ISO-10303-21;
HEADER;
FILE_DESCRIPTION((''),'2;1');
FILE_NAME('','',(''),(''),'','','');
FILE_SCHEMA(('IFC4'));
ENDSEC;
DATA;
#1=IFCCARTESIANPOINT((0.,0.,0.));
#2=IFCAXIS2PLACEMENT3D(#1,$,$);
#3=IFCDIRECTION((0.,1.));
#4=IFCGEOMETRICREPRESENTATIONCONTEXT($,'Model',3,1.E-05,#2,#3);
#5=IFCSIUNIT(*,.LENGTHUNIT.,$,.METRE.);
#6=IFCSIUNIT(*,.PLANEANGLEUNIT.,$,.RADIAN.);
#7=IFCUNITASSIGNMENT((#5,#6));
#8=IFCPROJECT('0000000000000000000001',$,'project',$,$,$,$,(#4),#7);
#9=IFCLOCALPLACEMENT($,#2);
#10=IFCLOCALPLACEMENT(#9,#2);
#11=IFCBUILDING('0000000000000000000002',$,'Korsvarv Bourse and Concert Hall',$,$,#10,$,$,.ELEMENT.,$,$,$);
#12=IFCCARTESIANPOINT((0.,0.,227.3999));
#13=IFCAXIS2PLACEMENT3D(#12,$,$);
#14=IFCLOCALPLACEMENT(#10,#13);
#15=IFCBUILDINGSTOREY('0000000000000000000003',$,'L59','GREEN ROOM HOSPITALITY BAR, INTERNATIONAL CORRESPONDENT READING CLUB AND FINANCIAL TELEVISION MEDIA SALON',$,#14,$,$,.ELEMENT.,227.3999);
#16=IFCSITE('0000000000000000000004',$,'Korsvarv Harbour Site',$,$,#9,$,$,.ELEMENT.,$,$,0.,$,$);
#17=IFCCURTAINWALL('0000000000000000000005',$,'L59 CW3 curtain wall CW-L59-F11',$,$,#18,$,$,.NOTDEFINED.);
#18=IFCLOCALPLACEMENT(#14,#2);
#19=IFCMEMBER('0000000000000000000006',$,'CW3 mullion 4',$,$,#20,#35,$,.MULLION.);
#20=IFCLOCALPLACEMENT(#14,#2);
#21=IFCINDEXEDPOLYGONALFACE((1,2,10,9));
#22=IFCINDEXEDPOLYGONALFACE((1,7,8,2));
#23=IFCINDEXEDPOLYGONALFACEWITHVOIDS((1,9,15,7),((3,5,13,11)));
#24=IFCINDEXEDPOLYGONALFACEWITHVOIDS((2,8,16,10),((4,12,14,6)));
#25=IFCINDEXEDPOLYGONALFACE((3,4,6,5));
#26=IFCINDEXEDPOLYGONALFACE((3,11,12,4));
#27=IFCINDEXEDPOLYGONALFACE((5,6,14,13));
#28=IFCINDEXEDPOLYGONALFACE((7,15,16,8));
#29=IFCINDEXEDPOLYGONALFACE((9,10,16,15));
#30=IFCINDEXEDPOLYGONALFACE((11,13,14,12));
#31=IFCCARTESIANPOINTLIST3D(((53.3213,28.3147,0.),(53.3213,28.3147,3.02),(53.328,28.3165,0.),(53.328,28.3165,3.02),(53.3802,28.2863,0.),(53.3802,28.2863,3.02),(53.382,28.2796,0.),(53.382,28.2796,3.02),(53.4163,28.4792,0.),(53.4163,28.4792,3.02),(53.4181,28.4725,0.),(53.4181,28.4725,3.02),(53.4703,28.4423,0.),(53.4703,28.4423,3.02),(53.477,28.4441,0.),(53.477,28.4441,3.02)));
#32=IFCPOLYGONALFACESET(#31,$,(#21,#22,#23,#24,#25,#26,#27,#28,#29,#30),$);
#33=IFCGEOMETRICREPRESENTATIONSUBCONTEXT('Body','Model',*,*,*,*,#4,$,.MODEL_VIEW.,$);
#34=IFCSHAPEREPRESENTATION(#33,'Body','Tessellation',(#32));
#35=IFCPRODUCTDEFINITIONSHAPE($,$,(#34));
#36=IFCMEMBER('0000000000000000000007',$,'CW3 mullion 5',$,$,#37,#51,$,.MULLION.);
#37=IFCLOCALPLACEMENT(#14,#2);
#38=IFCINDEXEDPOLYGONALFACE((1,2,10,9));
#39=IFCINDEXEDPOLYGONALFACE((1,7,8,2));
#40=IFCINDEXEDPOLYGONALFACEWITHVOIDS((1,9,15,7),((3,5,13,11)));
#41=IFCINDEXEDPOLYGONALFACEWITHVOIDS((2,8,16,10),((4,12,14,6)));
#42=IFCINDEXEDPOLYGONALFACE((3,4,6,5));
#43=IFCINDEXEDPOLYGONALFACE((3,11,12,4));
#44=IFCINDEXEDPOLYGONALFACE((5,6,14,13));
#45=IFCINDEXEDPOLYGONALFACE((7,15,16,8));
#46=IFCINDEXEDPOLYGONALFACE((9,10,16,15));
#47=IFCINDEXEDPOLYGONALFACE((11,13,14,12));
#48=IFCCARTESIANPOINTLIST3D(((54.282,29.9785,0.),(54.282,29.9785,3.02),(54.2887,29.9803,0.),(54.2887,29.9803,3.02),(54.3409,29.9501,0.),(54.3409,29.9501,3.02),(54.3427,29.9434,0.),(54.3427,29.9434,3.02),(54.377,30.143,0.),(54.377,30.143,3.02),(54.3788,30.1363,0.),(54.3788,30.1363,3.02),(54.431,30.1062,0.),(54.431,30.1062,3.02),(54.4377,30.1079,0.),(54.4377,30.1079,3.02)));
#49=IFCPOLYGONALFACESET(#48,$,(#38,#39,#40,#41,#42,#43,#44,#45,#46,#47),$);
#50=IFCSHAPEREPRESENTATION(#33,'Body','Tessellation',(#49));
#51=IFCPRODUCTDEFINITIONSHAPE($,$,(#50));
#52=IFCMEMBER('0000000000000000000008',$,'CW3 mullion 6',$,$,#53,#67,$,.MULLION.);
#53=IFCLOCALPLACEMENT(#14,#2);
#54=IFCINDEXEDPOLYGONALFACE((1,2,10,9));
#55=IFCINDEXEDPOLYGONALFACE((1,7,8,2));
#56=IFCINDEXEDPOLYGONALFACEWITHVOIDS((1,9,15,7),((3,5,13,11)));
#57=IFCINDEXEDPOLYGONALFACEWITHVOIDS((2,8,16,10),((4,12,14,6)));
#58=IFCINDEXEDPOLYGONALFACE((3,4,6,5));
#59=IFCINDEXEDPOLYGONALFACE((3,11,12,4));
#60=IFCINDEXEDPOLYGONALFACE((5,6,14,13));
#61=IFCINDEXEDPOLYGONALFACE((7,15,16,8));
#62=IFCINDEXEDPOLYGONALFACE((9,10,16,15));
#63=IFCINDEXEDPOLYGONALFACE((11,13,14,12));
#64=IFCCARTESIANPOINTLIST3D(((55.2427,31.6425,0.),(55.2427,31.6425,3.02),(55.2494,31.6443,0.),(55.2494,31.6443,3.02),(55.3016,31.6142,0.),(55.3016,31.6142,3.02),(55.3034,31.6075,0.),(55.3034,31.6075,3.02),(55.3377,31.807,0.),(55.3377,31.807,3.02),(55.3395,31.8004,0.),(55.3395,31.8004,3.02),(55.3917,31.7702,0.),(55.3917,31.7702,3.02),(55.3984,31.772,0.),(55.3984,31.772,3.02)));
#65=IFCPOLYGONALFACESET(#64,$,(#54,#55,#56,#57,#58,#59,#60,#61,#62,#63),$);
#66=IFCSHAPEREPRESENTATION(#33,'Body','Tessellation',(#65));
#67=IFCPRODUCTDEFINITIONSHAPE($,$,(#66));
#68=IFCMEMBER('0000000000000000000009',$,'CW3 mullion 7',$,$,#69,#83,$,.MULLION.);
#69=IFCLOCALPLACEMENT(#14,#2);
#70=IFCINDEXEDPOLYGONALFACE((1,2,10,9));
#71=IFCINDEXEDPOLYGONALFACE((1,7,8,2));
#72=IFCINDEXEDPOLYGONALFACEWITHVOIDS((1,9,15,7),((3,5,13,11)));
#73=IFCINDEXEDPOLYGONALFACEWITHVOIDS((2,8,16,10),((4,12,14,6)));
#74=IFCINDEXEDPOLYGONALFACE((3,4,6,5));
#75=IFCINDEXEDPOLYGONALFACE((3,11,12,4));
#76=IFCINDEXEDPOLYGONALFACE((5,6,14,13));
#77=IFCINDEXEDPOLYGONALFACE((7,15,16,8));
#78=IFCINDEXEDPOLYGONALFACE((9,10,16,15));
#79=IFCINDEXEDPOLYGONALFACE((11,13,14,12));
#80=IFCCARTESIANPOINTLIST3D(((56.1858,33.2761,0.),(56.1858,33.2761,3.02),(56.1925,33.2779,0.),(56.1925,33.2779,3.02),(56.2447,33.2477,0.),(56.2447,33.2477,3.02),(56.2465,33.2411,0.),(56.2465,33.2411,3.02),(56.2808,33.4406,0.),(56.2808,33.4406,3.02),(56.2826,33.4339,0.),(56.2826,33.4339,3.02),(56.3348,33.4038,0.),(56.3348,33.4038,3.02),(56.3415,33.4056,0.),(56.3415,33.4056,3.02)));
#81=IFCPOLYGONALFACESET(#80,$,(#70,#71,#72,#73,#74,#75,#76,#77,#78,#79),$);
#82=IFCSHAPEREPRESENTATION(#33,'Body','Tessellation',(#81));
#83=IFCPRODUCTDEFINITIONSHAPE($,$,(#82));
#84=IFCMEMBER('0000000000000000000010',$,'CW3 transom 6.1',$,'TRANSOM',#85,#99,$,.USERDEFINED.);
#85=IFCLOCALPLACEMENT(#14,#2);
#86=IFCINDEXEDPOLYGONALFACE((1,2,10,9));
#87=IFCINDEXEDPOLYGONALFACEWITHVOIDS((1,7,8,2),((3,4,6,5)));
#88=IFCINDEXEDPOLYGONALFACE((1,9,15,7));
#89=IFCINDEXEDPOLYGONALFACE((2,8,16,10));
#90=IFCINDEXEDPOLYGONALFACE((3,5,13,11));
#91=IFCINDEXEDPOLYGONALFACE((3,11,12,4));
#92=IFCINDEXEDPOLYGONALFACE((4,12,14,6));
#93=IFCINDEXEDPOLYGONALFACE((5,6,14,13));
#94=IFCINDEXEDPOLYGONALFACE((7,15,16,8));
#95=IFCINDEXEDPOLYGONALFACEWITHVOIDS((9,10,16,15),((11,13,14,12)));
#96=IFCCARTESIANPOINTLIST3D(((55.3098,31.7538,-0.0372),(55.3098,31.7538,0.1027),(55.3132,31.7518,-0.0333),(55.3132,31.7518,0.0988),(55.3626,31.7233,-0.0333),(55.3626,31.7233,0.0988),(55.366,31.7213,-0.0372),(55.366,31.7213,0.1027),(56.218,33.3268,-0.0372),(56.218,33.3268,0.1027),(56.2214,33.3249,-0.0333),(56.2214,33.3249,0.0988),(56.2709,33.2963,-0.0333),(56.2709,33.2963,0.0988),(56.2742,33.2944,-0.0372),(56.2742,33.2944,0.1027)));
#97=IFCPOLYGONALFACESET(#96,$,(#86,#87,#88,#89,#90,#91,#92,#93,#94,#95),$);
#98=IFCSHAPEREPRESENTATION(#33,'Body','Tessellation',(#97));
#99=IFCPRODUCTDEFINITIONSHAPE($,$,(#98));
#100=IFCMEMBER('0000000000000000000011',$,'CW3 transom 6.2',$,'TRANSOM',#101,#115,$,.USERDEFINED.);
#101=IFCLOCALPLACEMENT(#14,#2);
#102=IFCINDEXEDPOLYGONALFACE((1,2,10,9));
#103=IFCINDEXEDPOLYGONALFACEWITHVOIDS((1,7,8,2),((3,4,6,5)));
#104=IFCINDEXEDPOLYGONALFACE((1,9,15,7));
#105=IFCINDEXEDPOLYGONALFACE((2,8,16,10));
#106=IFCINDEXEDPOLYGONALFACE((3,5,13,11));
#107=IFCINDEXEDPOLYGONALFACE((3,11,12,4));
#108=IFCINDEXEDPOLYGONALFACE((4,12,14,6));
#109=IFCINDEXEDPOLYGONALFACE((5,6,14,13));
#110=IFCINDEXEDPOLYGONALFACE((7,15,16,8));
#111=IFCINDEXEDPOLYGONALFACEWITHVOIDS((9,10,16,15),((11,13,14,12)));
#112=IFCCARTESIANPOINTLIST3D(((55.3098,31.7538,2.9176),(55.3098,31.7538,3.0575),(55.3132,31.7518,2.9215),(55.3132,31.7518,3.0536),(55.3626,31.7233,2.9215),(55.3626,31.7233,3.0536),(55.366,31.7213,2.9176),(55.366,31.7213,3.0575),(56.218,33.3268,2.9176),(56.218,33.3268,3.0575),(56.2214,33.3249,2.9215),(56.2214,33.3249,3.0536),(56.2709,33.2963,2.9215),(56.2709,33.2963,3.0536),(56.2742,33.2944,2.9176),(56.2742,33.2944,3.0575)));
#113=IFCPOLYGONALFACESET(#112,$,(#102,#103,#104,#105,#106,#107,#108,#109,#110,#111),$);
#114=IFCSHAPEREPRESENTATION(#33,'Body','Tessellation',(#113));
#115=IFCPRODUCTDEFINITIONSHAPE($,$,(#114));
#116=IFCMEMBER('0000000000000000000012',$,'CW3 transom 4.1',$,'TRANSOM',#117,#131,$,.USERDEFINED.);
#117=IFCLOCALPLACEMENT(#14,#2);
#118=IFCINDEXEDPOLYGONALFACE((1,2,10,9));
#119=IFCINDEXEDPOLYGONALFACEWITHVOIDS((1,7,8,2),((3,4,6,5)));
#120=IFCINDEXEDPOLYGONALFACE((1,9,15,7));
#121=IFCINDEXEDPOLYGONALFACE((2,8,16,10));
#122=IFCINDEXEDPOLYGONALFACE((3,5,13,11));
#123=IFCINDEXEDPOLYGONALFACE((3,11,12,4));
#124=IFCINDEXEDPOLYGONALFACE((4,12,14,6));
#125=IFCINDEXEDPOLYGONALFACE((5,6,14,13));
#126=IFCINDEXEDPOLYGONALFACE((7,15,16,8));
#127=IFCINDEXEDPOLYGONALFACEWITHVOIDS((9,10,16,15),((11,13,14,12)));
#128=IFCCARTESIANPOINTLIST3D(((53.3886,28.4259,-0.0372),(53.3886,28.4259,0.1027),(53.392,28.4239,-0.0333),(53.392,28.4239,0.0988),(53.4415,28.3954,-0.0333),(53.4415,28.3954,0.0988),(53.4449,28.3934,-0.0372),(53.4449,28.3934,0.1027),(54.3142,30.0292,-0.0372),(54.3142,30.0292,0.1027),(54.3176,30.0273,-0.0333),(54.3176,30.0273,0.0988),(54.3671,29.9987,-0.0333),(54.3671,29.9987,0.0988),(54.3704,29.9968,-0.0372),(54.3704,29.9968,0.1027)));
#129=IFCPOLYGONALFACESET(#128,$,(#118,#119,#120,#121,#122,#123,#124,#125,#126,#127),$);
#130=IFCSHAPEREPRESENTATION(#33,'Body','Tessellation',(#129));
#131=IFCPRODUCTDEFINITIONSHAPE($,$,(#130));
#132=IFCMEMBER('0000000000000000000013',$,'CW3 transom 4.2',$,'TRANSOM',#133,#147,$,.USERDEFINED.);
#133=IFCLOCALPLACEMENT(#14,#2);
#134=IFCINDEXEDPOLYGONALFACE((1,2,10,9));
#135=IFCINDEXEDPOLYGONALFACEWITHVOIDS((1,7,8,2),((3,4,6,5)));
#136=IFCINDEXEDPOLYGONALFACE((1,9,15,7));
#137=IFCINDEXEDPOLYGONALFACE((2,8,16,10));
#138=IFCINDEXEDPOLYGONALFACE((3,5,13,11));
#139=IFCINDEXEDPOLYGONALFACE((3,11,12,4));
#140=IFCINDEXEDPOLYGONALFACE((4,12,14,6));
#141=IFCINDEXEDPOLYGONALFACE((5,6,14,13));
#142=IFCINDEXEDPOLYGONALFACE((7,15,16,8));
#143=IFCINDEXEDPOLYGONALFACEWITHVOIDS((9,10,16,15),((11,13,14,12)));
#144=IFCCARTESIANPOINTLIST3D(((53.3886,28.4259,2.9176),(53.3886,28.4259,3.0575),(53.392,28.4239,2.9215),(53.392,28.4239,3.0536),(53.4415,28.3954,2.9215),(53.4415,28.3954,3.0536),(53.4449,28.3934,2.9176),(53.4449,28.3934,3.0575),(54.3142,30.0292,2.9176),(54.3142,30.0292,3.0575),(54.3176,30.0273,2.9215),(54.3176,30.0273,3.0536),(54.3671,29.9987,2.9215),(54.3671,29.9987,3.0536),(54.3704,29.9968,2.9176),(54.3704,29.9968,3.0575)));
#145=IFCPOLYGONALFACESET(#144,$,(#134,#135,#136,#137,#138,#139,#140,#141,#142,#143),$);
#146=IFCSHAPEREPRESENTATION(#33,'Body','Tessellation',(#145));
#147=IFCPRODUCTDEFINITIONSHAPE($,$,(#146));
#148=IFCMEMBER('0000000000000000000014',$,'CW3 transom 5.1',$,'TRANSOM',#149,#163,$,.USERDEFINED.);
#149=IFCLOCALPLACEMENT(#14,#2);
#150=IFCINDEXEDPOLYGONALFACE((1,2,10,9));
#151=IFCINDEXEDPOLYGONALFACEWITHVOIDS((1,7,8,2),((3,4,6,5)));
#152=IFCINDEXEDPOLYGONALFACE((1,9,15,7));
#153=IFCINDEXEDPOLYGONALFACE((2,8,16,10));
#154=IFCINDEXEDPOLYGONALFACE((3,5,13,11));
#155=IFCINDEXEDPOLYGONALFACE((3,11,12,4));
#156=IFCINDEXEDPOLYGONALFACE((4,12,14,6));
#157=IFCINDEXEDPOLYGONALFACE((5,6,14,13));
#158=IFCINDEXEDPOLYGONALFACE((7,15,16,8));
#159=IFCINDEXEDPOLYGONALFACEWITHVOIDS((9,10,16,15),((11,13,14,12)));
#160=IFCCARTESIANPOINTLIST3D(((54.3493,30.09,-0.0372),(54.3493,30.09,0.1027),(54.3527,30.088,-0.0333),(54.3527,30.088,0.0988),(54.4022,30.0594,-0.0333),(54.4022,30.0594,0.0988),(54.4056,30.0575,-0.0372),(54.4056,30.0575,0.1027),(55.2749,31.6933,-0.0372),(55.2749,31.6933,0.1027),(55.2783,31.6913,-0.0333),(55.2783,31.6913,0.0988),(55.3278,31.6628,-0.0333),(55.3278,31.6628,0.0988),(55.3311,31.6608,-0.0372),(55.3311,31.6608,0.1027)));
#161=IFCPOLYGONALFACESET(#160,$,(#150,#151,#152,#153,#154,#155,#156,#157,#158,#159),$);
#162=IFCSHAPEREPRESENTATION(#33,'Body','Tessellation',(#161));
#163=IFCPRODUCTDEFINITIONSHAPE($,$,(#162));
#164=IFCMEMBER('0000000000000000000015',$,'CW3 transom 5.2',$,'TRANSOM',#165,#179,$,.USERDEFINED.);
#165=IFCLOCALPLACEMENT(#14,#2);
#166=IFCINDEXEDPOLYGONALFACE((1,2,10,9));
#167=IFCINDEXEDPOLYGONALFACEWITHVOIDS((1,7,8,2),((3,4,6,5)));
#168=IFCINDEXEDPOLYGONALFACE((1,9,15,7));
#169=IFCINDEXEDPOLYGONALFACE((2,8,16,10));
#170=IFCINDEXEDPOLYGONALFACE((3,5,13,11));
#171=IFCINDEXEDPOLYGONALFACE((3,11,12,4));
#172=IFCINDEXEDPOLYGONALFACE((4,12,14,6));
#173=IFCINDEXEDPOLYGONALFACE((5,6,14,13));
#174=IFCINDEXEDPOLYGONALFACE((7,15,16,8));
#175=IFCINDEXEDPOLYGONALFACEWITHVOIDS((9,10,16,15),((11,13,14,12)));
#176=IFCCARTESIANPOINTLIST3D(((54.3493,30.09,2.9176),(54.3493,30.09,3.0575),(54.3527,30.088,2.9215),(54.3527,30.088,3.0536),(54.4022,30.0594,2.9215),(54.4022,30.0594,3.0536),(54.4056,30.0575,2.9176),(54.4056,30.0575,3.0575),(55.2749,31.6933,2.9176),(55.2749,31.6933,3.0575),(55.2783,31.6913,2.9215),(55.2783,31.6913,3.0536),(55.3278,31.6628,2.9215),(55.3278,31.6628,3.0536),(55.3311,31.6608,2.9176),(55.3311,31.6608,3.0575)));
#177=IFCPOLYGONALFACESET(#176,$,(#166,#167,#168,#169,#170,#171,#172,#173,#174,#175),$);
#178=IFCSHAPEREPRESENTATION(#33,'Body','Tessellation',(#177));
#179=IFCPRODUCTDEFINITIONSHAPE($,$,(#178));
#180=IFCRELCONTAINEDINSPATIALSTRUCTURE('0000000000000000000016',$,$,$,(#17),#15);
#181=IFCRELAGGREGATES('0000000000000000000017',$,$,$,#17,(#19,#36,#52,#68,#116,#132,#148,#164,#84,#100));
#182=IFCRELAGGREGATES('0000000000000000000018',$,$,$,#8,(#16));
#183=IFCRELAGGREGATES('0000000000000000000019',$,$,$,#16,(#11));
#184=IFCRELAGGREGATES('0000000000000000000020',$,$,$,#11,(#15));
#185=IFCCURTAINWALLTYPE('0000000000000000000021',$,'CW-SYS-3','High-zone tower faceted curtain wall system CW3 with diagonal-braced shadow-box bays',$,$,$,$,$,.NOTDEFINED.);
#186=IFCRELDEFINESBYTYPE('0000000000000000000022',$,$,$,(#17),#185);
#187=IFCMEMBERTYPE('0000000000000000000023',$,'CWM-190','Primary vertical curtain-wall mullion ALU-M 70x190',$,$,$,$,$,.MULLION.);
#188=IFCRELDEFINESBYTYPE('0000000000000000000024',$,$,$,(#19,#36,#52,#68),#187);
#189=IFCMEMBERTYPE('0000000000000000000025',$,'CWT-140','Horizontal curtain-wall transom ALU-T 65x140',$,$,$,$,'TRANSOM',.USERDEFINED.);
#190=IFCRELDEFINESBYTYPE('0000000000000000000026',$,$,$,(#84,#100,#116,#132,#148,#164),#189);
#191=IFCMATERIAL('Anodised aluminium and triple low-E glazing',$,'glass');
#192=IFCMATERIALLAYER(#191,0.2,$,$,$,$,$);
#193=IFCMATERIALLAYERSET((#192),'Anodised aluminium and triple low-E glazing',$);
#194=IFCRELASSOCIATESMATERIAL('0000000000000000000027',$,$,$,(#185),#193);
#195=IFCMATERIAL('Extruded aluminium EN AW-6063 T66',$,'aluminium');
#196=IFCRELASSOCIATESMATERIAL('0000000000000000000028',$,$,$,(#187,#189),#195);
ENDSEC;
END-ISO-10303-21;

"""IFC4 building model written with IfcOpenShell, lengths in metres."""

from ifc_helpers import new_model, si_unit, direction, frame, origin, origin_2d, place, context, subcontext, project, spatial, hollow_rectangle, extrude, source, transform, mapped, material, layer, layer_set, material_profile, profile_set, type_object, element, aggregate, save


model = new_model("IFC4")

# Units and contexts
model_context = context("Model", 3, precision=1e-05, world=origin(), true_north=direction((0.0, 1.0)))
body_context = subcontext(model_context, "Body", "Model", "MODEL_VIEW")
ifc_project = project(units=[si_unit("LENGTHUNIT", "METRE"), si_unit("PLANEANGLEUNIT", "RADIAN")], contexts=[model_context])

# Site, building, storey
site_placement = place(None, origin())
site = spatial("IfcSite", under=ifc_project, at=site_placement, Name="Korsvarv Harbour Site", CompositionType="ELEMENT", RefElevation=0.0)
building_placement = place(site_placement, origin())
building = spatial("IfcBuilding", under=site, at=building_placement, Name="Korsvarv Bourse and Concert Hall", CompositionType="ELEMENT")
storey_placement = place(building_placement, frame((0.0, 0.0, 227.3999)))
storey = spatial("IfcBuildingStorey", under=building, at=storey_placement, Name="L59", Description="GREEN ROOM HOSPITALITY BAR, INTERNATIONAL CORRESPONDENT READING CLUB AND FINANCIAL TELEVISION MEDIA SALON", CompositionType="ELEMENT", Elevation=227.3999)

# Curtain wall, members
ifc_material_1 = material(Name="Anodised aluminium and triple low-E glazing", Category="glass")
ifc_layer_1 = layer(ifc_material_1, 0.2)
ifc_layer_set_1 = layer_set([ifc_layer_1], Name="Anodised aluminium and triple low-E glazing")
curtain_wall_type = type_object("IfcCurtainWallType", Name="CW-SYS-3", Description="High-zone tower faceted curtain wall system CW3 with diagonal-braced shadow-box bays", PredefinedType="NOTDEFINED", material=ifc_layer_set_1)
curtain_wall_placement = place(storey_placement, origin())
curtain_wall = element("IfcCurtainWall", 1, at=curtain_wall_placement, inside=storey, type_object=curtain_wall_type, Name="L59 CW3 curtain wall CW-L59-F11", PredefinedType="NOTDEFINED")
ifc_material_2 = material(Name="Extruded aluminium EN AW-6063 T66", Category="aluminium")
ifc_material_profile_1 = material_profile(ifc_material_2, hollow_rectangle(XDim=0.0701, YDim=0.1899, WallThickness=0.0049, at=origin_2d()), Name="ALU-M 70x190")
ifc_profile_set_1 = profile_set([ifc_material_profile_1], Name="Extruded aluminium EN AW-6063 T66")
member_type_1 = type_object("IfcMemberType", Name="CWM-190", Description="Primary vertical curtain-wall mullion ALU-M 70x190", PredefinedType="MULLION", material=ifc_profile_set_1)
shared_shape_1 = source(origin(), body_context, "Body", "SweptSolid", [
    extrude(hollow_rectangle(XDim=0.0701, YDim=0.1899, WallThickness=0.0049, at=origin_2d()), origin(), (0.0, 0.0, 1.0), 3.02),
])
member_1_placement = place(storey_placement, frame((53.3992, 28.3794, 0.0), z_axis=(0.0, 0.0, 1.0), x_axis=(-0.866028, 0.499996, 0.0)))
member_1 = element("IfcMember", 2, at=member_1_placement, type_object=member_type_1, Name="CW3 mullion 4", PredefinedType="MULLION", context=body_context, shape_type="MappedRepresentation", body=[
    mapped(shared_shape_1, transform((0.0, 0.0, 0.0), scale=1.0)),
])
member_2_placement = place(storey_placement, frame((54.3599, 30.0432, 0.0), z_axis=(0.0, 0.0, 1.0), x_axis=(-0.866028, 0.499996, 0.0)))
member_2 = element("IfcMember", 3, at=member_2_placement, type_object=member_type_1, Name="CW3 mullion 5", PredefinedType="MULLION", context=body_context, shape_type="MappedRepresentation", body=[
    mapped(shared_shape_1, transform((0.0, 0.0, 0.0), scale=1.0)),
])
member_3_placement = place(storey_placement, frame((55.3206, 31.7073, 0.0), z_axis=(0.0, 0.0, 1.0), x_axis=(-0.866028, 0.499996, 0.0)))
member_3 = element("IfcMember", 4, at=member_3_placement, type_object=member_type_1, Name="CW3 mullion 6", PredefinedType="MULLION", context=body_context, shape_type="MappedRepresentation", body=[
    mapped(shared_shape_1, transform((0.0, 0.0, 0.0), scale=1.0)),
])
member_4_placement = place(storey_placement, frame((56.2637, 33.3408, 0.0), z_axis=(0.0, 0.0, 1.0), x_axis=(-0.866028, 0.499996, 0.0)))
member_4 = element("IfcMember", 5, at=member_4_placement, type_object=member_type_1, Name="CW3 mullion 7", PredefinedType="MULLION", context=body_context, shape_type="MappedRepresentation", body=[
    mapped(shared_shape_1, transform((0.0, 0.0, 0.0), scale=1.0)),
])
ifc_material_profile_2 = material_profile(ifc_material_2, hollow_rectangle(XDim=0.0649, YDim=0.1399, WallThickness=0.0039, at=origin_2d()), Name="ALU-T 65x140")
ifc_profile_set_2 = profile_set([ifc_material_profile_2], Name="Extruded aluminium EN AW-6063 T66")
member_type_2 = type_object("IfcMemberType", Name="CWT-140", Description="Horizontal curtain-wall transom ALU-T 65x140", ElementType="TRANSOM", PredefinedType="USERDEFINED", material=ifc_profile_set_2)
shared_shape_2 = source(origin(), body_context, "Body", "SweptSolid", [
    extrude(hollow_rectangle(XDim=0.0649, YDim=0.1399, WallThickness=0.0039, at=origin_2d()), origin(), (0.0, 0.0, 1.0), 1.8164),
])
member_5_placement = place(storey_placement, frame((55.3379, 31.7375, 0.0327), z_axis=(0.500013, 0.866018, 0.0), x_axis=(-0.866018, 0.500013, 0.0)))
member_5 = element("IfcMember", 6, at=member_5_placement, type_object=member_type_2, Name="CW3 transom 6.1", ObjectType="TRANSOM", PredefinedType="USERDEFINED", context=body_context, shape_type="MappedRepresentation", body=[
    mapped(shared_shape_2, transform((0.0, 0.0, 0.0), scale=1.0)),
])
member_6_placement = place(storey_placement, frame((55.3379, 31.7375, 2.9875), z_axis=(0.500013, 0.866018, 0.0), x_axis=(-0.866018, 0.500013, 0.0)))
member_6 = element("IfcMember", 7, at=member_6_placement, type_object=member_type_2, Name="CW3 transom 6.2", ObjectType="TRANSOM", PredefinedType="USERDEFINED", context=body_context, shape_type="MappedRepresentation", body=[
    mapped(shared_shape_2, transform((0.0, 0.0, 0.0), scale=1.0)),
])
shared_shape_3 = source(origin(), body_context, "Body", "SweptSolid", [
    extrude(hollow_rectangle(XDim=0.0649, YDim=0.1399, WallThickness=0.0039, at=origin_2d()), origin(), (0.0, 0.0, 1.0), 1.8513),
])
member_7_placement = place(storey_placement, frame((53.4167, 28.4097, 0.0327), z_axis=(0.499955, 0.866052, 0.0), x_axis=(-0.866052, 0.499955, 0.0)))
member_7 = element("IfcMember", 8, at=member_7_placement, type_object=member_type_2, Name="CW3 transom 4.1", ObjectType="TRANSOM", PredefinedType="USERDEFINED", context=body_context, shape_type="MappedRepresentation", body=[
    mapped(shared_shape_3, transform((0.0, 0.0, 0.0), scale=1.0)),
])
member_8_placement = place(storey_placement, frame((53.4167, 28.4097, 2.9875), z_axis=(0.499955, 0.866052, 0.0), x_axis=(-0.866052, 0.499955, 0.0)))
member_8 = element("IfcMember", 9, at=member_8_placement, type_object=member_type_2, Name="CW3 transom 4.2", ObjectType="TRANSOM", PredefinedType="USERDEFINED", context=body_context, shape_type="MappedRepresentation", body=[
    mapped(shared_shape_3, transform((0.0, 0.0, 0.0), scale=1.0)),
])
member_9_placement = place(storey_placement, frame((54.3774, 30.0737, 0.0327), z_axis=(0.499955, 0.866052, 0.0), x_axis=(-0.866052, 0.499955, 0.0)))
member_9 = element("IfcMember", 10, at=member_9_placement, type_object=member_type_2, Name="CW3 transom 5.1", ObjectType="TRANSOM", PredefinedType="USERDEFINED", context=body_context, shape_type="MappedRepresentation", body=[
    mapped(shared_shape_3, transform((0.0, 0.0, 0.0), scale=1.0)),
])
member_10_placement = place(storey_placement, frame((54.3774, 30.0737, 2.9875), z_axis=(0.499955, 0.866052, 0.0), x_axis=(-0.866052, 0.499955, 0.0)))
member_10 = element("IfcMember", 11, at=member_10_placement, type_object=member_type_2, Name="CW3 transom 5.2", ObjectType="TRANSOM", PredefinedType="USERDEFINED", context=body_context, shape_type="MappedRepresentation", body=[
    mapped(shared_shape_3, transform((0.0, 0.0, 0.0), scale=1.0)),
])
aggregate(curtain_wall, [member_1, member_2, member_3, member_4, member_7, member_8, member_9, member_10, member_5, member_6])

save(model, "model.ifc")
